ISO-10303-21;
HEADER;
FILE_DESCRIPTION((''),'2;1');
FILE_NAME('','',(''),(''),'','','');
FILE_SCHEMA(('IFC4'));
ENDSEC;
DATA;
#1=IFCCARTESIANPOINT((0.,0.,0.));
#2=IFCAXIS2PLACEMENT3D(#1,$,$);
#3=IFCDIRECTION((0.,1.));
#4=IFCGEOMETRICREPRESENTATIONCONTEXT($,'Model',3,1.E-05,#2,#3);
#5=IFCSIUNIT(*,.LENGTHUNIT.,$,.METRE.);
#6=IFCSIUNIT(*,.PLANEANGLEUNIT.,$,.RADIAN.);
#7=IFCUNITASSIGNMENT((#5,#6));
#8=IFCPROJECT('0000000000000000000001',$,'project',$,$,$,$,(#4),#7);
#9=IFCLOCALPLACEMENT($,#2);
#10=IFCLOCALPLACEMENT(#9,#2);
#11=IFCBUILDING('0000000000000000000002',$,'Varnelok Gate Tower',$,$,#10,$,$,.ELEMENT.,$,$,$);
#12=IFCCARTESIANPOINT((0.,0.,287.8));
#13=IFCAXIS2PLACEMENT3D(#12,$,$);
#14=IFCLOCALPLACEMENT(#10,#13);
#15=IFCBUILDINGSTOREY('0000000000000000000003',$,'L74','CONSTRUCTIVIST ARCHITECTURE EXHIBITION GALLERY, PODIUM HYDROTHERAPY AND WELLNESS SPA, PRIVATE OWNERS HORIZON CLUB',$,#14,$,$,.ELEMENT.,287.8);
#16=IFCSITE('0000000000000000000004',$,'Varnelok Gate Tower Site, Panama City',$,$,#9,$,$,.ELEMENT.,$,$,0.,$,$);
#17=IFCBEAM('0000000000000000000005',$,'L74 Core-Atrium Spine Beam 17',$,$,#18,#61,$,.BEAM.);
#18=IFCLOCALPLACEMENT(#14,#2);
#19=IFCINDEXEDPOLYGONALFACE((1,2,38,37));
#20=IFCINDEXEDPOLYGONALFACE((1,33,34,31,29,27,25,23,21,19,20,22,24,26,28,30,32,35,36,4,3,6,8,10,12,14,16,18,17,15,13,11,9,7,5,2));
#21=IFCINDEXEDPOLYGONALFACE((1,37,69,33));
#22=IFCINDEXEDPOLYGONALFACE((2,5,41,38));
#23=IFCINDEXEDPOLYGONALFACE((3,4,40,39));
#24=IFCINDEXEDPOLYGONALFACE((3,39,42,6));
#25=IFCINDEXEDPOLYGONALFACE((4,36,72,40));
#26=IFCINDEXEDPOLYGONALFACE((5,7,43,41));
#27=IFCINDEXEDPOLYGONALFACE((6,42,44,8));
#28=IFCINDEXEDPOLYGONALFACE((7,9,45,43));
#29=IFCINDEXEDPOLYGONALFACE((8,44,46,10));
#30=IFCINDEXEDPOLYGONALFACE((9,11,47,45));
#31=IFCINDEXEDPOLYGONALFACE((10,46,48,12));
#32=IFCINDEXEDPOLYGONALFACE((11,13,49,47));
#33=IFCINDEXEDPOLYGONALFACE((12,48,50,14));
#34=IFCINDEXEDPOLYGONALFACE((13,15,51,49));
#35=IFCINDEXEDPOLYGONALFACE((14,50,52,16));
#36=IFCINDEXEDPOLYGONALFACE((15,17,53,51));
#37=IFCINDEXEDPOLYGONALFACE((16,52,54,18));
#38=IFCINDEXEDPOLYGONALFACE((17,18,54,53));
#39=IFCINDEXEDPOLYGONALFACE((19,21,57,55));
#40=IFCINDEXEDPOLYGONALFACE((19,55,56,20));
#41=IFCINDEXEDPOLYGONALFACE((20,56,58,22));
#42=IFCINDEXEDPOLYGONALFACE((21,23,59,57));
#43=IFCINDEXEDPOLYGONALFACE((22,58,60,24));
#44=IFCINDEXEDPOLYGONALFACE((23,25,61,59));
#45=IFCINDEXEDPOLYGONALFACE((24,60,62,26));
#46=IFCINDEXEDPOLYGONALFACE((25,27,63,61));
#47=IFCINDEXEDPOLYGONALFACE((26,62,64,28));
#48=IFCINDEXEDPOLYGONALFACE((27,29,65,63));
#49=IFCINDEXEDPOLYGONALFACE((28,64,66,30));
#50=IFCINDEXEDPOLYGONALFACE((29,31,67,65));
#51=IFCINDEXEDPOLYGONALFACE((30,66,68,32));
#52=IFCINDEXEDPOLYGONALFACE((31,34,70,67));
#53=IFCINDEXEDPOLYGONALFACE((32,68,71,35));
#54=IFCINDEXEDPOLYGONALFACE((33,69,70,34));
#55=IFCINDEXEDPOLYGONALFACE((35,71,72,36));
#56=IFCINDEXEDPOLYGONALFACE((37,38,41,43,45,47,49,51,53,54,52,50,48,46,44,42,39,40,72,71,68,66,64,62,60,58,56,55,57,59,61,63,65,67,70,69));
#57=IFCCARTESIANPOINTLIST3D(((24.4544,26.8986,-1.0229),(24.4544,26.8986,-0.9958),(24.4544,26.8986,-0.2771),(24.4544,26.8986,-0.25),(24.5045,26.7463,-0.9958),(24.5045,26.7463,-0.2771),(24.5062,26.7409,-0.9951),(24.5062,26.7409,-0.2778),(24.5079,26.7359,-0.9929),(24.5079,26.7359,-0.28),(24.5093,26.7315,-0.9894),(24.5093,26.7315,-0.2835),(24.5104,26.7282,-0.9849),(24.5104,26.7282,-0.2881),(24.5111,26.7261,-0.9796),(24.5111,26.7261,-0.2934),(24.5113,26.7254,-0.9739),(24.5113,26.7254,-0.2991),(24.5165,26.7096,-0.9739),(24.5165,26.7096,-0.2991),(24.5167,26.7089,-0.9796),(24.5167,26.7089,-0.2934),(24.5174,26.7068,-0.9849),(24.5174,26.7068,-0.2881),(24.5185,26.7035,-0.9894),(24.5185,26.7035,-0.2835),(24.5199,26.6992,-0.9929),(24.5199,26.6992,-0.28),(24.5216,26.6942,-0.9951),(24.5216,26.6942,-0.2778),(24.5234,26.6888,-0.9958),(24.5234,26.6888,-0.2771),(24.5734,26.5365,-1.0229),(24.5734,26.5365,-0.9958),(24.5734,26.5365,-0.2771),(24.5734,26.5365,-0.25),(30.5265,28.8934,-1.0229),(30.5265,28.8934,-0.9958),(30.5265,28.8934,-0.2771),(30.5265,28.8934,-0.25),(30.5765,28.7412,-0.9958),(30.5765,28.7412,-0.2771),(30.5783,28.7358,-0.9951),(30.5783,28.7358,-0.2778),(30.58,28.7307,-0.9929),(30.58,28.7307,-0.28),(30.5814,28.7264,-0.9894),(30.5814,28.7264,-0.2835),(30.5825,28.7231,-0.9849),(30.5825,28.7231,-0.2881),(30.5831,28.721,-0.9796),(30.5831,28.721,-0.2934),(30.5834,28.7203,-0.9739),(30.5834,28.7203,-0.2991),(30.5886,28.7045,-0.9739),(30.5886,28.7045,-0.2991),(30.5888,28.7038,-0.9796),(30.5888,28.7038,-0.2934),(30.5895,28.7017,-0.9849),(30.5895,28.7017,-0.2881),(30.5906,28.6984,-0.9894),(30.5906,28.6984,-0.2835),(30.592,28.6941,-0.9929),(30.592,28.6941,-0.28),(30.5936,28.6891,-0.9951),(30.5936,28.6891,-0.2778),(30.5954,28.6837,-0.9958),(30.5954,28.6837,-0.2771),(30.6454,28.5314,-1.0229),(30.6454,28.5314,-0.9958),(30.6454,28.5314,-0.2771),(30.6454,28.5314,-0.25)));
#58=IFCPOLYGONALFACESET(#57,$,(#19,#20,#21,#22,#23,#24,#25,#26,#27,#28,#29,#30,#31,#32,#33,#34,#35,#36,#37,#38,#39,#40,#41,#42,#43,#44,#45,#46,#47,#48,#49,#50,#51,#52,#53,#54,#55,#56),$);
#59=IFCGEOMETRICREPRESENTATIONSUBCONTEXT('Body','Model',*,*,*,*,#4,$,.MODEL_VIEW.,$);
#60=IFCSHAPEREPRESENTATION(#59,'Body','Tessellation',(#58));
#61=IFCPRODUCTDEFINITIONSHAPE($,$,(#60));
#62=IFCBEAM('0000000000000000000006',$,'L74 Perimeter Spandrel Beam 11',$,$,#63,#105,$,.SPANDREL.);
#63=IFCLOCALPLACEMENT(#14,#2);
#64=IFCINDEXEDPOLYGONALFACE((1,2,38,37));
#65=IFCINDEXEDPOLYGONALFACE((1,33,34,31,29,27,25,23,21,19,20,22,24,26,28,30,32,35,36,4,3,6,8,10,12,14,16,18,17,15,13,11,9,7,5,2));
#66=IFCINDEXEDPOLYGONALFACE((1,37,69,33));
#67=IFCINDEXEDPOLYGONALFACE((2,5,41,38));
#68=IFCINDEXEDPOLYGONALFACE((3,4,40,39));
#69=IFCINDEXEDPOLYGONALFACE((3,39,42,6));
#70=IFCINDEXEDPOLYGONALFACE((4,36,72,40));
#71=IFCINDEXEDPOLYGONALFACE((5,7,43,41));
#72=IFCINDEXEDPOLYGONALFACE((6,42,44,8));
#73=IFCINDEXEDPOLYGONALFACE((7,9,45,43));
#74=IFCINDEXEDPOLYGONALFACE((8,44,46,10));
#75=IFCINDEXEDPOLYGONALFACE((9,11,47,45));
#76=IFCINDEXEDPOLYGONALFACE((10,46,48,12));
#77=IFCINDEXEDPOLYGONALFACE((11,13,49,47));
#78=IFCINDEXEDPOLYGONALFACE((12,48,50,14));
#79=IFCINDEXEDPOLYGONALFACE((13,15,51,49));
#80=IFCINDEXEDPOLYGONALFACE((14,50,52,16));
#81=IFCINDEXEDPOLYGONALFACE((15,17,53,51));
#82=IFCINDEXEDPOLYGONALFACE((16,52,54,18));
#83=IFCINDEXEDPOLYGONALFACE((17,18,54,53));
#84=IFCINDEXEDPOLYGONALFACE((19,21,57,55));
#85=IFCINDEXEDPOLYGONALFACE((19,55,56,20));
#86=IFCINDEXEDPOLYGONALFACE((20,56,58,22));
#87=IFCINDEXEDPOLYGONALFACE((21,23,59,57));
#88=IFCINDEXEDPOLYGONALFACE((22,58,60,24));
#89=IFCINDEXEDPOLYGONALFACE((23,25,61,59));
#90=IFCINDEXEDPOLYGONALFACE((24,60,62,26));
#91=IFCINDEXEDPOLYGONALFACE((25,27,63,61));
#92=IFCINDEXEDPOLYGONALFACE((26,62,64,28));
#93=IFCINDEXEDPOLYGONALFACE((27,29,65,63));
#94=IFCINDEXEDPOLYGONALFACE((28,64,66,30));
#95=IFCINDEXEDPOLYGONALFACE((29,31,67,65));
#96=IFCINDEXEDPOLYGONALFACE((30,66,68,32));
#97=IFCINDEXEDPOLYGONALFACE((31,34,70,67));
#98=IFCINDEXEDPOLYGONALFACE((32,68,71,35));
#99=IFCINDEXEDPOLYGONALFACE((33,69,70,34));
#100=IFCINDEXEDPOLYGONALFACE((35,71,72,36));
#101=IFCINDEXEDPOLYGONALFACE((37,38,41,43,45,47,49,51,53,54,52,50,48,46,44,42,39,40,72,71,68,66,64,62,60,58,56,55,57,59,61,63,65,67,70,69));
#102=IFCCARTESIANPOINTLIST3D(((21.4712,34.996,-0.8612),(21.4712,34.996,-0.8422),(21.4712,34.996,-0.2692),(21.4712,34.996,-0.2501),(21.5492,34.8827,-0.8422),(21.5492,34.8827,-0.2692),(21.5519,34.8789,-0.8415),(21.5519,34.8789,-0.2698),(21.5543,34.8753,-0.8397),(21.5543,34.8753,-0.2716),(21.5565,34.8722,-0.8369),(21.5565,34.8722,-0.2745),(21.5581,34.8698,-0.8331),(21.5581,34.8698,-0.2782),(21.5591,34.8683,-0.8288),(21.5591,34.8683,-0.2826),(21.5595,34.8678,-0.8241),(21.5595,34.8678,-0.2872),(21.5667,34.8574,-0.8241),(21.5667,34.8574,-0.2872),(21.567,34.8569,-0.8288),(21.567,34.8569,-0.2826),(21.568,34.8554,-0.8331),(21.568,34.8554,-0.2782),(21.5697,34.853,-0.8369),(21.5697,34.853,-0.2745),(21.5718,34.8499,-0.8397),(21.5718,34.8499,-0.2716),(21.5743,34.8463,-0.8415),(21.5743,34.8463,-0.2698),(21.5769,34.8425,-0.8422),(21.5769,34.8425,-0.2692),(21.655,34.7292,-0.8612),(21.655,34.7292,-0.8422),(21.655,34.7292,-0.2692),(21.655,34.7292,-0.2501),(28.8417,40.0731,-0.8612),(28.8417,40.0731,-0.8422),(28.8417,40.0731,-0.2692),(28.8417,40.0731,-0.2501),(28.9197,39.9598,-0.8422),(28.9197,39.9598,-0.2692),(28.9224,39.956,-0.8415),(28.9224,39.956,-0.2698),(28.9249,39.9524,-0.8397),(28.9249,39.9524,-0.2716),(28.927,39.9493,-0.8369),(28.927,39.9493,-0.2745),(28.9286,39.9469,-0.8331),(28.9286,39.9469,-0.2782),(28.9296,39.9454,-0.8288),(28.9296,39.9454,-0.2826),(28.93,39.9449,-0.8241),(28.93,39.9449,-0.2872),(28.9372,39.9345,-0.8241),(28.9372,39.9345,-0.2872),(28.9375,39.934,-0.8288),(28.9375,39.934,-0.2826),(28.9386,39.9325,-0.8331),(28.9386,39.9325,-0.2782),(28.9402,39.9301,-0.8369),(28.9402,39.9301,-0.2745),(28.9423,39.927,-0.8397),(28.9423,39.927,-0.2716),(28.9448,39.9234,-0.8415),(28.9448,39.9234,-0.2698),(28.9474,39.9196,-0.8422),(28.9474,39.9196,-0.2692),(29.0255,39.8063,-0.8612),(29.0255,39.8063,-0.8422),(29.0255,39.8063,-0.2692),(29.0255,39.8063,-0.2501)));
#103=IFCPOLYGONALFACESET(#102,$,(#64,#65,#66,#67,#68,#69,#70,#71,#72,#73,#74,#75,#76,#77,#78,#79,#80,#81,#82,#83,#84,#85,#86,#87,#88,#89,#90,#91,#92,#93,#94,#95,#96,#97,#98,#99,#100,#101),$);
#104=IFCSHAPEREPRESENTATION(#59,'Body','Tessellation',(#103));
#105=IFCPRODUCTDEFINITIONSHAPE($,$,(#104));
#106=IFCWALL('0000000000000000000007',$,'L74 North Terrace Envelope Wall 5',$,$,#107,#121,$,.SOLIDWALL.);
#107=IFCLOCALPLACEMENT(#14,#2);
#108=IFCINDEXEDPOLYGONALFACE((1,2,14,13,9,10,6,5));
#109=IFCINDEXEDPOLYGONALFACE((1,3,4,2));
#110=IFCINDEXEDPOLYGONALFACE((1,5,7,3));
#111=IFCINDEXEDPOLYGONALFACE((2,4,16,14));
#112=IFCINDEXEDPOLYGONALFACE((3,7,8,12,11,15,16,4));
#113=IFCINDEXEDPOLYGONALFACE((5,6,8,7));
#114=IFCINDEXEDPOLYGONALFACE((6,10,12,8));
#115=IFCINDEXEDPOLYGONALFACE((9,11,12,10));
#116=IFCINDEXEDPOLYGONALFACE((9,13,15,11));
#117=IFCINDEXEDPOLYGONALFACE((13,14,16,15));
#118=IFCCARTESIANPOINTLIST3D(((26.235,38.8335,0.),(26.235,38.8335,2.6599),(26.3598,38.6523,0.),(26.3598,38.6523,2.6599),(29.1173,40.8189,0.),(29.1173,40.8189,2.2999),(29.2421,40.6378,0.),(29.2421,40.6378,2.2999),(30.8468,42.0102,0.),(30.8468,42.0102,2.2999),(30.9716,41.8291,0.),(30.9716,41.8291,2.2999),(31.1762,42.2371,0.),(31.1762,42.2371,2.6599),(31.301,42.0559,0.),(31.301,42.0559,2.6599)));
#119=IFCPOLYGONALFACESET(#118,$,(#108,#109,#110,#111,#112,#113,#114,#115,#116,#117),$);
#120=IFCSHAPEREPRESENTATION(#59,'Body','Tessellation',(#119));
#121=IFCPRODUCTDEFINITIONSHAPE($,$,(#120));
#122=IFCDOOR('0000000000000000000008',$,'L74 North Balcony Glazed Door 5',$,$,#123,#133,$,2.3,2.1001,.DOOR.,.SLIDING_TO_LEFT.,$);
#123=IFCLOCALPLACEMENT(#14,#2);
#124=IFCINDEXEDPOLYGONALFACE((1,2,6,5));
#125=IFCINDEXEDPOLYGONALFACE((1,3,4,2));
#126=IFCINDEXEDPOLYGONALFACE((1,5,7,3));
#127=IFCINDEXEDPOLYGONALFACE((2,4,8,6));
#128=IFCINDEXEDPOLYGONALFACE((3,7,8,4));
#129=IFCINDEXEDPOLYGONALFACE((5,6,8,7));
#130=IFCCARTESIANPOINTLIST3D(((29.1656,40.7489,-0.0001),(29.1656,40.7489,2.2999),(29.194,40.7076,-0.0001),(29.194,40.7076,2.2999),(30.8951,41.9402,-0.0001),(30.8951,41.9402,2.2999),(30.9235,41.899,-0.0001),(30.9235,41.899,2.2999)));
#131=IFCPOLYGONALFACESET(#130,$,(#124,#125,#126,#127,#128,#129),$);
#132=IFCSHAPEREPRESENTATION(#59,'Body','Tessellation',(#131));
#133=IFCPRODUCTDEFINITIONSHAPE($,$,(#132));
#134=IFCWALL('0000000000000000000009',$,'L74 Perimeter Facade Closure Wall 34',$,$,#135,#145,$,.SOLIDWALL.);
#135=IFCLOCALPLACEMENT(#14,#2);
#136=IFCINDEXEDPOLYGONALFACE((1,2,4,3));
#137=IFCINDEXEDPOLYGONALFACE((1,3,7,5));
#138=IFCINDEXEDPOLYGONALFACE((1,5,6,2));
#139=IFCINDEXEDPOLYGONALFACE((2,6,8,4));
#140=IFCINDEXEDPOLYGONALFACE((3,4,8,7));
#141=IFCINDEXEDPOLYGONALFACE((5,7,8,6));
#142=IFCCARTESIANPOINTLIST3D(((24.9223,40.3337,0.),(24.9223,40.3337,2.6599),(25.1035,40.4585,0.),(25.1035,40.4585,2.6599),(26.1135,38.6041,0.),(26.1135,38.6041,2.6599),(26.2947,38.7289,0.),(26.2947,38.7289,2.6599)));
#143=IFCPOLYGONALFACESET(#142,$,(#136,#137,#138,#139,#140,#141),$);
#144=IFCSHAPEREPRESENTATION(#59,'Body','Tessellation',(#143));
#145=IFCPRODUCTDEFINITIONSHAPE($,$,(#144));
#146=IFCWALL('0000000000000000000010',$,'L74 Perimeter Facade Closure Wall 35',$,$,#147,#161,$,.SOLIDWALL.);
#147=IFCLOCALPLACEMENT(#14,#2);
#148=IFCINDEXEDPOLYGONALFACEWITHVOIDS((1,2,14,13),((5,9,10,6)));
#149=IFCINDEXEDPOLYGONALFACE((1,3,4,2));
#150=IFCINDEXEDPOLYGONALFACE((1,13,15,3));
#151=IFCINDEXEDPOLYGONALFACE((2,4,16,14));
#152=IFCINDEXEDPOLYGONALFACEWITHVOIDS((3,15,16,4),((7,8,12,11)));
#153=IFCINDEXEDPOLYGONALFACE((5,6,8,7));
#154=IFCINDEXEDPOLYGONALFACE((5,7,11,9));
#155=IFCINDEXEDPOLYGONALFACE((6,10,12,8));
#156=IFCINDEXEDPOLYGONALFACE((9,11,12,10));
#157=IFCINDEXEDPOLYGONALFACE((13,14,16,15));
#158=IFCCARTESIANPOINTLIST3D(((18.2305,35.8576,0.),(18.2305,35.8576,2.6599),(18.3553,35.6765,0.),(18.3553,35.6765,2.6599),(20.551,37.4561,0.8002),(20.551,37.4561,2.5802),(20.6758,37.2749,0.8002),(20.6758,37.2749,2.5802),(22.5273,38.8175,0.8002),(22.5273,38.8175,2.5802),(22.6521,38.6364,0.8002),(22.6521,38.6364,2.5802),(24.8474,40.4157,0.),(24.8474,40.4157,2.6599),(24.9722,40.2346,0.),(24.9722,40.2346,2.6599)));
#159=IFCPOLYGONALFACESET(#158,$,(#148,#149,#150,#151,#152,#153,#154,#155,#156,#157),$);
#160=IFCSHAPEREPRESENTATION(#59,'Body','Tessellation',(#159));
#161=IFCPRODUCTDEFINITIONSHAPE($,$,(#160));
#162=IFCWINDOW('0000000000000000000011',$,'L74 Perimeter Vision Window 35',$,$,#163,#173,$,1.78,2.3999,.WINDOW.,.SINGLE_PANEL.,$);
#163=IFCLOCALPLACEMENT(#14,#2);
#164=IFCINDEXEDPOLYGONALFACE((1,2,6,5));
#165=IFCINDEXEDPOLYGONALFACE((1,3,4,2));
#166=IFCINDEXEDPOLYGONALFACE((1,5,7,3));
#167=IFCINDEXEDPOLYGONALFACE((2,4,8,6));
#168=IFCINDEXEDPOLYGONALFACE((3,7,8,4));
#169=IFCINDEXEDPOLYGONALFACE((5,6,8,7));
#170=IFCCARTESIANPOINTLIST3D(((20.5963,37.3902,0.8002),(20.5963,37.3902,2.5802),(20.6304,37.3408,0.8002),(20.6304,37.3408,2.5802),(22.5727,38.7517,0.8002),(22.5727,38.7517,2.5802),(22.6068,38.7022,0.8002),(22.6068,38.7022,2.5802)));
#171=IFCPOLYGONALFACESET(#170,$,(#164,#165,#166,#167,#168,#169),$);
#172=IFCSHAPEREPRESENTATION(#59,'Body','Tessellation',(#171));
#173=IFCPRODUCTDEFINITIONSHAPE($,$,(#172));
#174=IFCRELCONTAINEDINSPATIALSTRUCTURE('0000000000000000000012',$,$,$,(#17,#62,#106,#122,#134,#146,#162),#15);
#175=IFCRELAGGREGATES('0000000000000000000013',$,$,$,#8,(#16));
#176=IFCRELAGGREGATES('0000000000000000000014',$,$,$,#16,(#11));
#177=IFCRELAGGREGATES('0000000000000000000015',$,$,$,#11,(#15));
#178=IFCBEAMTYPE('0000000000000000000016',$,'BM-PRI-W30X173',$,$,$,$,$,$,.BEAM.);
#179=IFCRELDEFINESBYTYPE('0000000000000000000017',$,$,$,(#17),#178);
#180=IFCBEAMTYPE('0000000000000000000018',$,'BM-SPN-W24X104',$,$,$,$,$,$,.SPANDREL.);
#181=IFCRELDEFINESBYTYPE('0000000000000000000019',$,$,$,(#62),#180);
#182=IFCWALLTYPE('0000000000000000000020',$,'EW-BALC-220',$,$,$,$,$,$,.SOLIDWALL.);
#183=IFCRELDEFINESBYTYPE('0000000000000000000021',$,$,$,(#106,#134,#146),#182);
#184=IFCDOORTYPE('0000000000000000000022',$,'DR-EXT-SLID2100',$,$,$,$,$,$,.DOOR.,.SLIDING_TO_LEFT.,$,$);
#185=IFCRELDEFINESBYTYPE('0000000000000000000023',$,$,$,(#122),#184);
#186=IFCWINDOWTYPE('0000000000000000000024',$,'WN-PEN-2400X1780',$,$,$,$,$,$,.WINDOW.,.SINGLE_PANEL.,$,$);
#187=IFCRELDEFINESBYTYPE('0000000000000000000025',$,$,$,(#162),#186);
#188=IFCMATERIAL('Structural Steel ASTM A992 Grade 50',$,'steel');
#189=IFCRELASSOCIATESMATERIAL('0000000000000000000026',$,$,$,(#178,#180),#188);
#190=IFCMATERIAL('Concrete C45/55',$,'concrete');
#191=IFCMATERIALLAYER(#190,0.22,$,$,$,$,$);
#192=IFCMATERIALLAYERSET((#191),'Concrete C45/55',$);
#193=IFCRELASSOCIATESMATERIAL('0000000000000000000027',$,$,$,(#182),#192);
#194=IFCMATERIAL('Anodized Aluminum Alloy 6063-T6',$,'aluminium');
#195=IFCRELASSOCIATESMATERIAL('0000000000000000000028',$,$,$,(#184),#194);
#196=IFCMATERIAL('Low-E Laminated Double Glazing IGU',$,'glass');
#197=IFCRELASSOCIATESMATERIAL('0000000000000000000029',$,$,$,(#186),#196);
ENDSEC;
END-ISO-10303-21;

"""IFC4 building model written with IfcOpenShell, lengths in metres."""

from ifc_helpers import new_model, si_unit, direction, frame, frame_2d, origin, origin_2d, place, context, subcontext, project, spatial, rectangle, i_section, extrude, material, layer, layer_set, material_profile, profile_set, type_object, element, fill, save


model = new_model("IFC4")

# Units and contexts
model_context = context("Model", 3, precision=1e-05, world=origin(), true_north=direction((0.0, 1.0)))
body_context = subcontext(model_context, "Body", "Model", "MODEL_VIEW")
ifc_project = project(units=[si_unit("LENGTHUNIT", "METRE"), si_unit("PLANEANGLEUNIT", "RADIAN")], contexts=[model_context])

# Site, building, storey
site_placement = place(None, origin())
site = spatial("IfcSite", under=ifc_project, at=site_placement, Name="Varnelok Gate Tower Site, Panama City", CompositionType="ELEMENT", RefElevation=0.0)
building_placement = place(site_placement, origin())
building = spatial("IfcBuilding", under=site, at=building_placement, Name="Varnelok Gate Tower", CompositionType="ELEMENT")
storey_placement = place(building_placement, frame((0.0, 0.0, 287.8)))
storey = spatial("IfcBuildingStorey", under=building, at=storey_placement, Name="L74", Description="CONSTRUCTIVIST ARCHITECTURE EXHIBITION GALLERY, PODIUM HYDROTHERAPY AND WELLNESS SPA, PRIVATE OWNERS HORIZON CLUB", CompositionType="ELEMENT", Elevation=287.8)

# Shared definitions
ifc_material_1 = material(Name="Structural Steel ASTM A992 Grade 50", Category="steel")

# Beams
ifc_material_profile_1 = material_profile(ifc_material_1, i_section(OverallWidth=0.3811, OverallDepth=0.7729, WebThickness=0.0166, FlangeThickness=0.0271, FilletRadius=0.022, at=origin_2d()), Name="W30X173")
ifc_profile_set_1 = profile_set([ifc_material_profile_1], Name="Structural Steel ASTM A992 Grade 50")
beam_type_1 = type_object("IfcBeamType", Name="BM-PRI-W30X173", PredefinedType="BEAM", material=ifc_profile_set_1)
beam_1_placement = place(storey_placement, frame((24.5139, 26.7175, -0.6365), z_axis=(0.950042, 0.312122, 0.0), x_axis=(-0.312122, 0.950042, 0.0)))
element("IfcBeam", 1, at=beam_1_placement, inside=storey, type_object=beam_type_1, Name="L74 Core-Atrium Spine Beam 17", PredefinedType="BEAM", context=body_context, shape_type="SweptSolid", body=[
    extrude(i_section(OverallWidth=0.3811, OverallDepth=0.7729, WebThickness=0.0166, FlangeThickness=0.0271, FilletRadius=0.022, at=origin_2d()), origin(), (0.0, 0.0, 1.0), 6.3914),
])
ifc_material_profile_2 = material_profile(ifc_material_1, i_section(OverallWidth=0.324, OverallDepth=0.6111, WebThickness=0.0127, FlangeThickness=0.019, FilletRadius=0.0181, at=origin_2d()), Name="W24X104")
ifc_profile_set_2 = profile_set([ifc_material_profile_2], Name="Structural Steel ASTM A992 Grade 50")
beam_type_2 = type_object("IfcBeamType", Name="BM-SPN-W24X104", PredefinedType="SPANDREL", material=ifc_profile_set_2)
beam_2_placement = place(storey_placement, frame((28.9336, 39.9397, -0.5557), z_axis=(-0.823527, -0.567276, 0.0), x_axis=(0.567276, -0.823527, 0.0)))
element("IfcBeam", 2, at=beam_2_placement, inside=storey, type_object=beam_type_2, Name="L74 Perimeter Spandrel Beam 11", PredefinedType="SPANDREL", context=body_context, shape_type="SweptSolid", body=[
    extrude(i_section(OverallWidth=0.324, OverallDepth=0.6111, WebThickness=0.0127, FlangeThickness=0.019, FilletRadius=0.0181, at=origin_2d()), origin(), (0.0, 0.0, 1.0), 8.95),
])

# Wall, opening, door
ifc_material_2 = material(Name="Concrete C45/55", Category="concrete")
ifc_layer_1 = layer(ifc_material_2, 0.22)
ifc_layer_set_1 = layer_set([ifc_layer_1], Name="Concrete C45/55")
wall_type_1 = type_object("IfcWallType", Name="EW-BALC-220", PredefinedType="SOLIDWALL", material=ifc_layer_set_1)
wall_1_placement = place(storey_placement, frame((26.2974, 38.7429, 0.0), z_axis=(0.0, 0.0, 1.0), x_axis=(0.823535, 0.567266, 0.0)))
wall_1 = element("IfcWall", 3, at=wall_1_placement, inside=storey, type_object=wall_type_1, Name="L74 North Terrace Envelope Wall 5", PredefinedType="SOLIDWALL", context=body_context, shape_type="SweptSolid", body=[
    extrude(rectangle(XDim=6.0, YDim=0.22, at=frame_2d((3.0, 0.0))), origin(), (0.0, 0.0, 1.0), 2.6599),
])
opening_1_placement = place(wall_1_placement, frame((3.5, 0.0, 0.0)))
opening_1 = element("IfcOpeningElement", 4, at=opening_1_placement, cuts=wall_1, PredefinedType="OPENING", context=body_context, shape_type="SweptSolid", body=[
    extrude(rectangle(XDim=2.1001, YDim=2.3, at=frame_2d((1.05, 1.1499))), frame((0.0, 0.1199, 0.0), z_axis=(0.0, -1.0, 0.0), x_axis=(1.0, 0.0, 0.0)), (0.0, 0.0, 1.0), 0.24),
])
ifc_material_3 = material(Name="Anodized Aluminum Alloy 6063-T6", Category="aluminium")
door_type_1 = type_object("IfcDoorType", Name="DR-EXT-SLID2100", OperationType="SLIDING_TO_LEFT", PredefinedType="DOOR", material=ifc_material_3)
door_1_placement = place(opening_1_placement, origin())
door_1 = element("IfcDoor", 5, at=door_1_placement, inside=storey, type_object=door_type_1, Name="L74 North Balcony Glazed Door 5", OperationType="SLIDING_TO_LEFT", OverallHeight=2.3, OverallWidth=2.1001, PredefinedType="DOOR", context=body_context, shape_type="SweptSolid", body=[
    extrude(rectangle(XDim=2.1001, YDim=2.3, at=frame_2d((1.05, 1.1499))), frame((0.0, 0.0249, 0.0), z_axis=(0.0, -1.0, 0.0), x_axis=(1.0, 0.0, 0.0)), (0.0, 0.0, 1.0), 0.05),
])
fill(opening_1, door_1)

# Wall
wall_2_placement = place(storey_placement, frame((26.2041, 38.6665, 0.0), z_axis=(0.0, 0.0, 1.0), x_axis=(-0.567219, 0.823567, 0.0)))
element("IfcWall", 6, at=wall_2_placement, inside=storey, type_object=wall_type_1, Name="L74 Perimeter Facade Closure Wall 34", PredefinedType="SOLIDWALL", context=body_context, shape_type="SweptSolid", body=[
    extrude(rectangle(XDim=2.1001, YDim=0.22, at=frame_2d((1.05, 0.0))), origin(), (0.0, 0.0, 1.0), 2.6599),
])

# Wall, opening, window
wall_3_placement = place(storey_placement, frame((24.9099, 40.3252, 0.0), z_axis=(0.0, 0.0, 1.0), x_axis=(-0.823521, -0.567286, 0.0)))
wall_3 = element("IfcWall", 7, at=wall_3_placement, inside=storey, type_object=wall_type_1, Name="L74 Perimeter Facade Closure Wall 35", PredefinedType="SOLIDWALL", context=body_context, shape_type="SweptSolid", body=[
    extrude(rectangle(XDim=8.0349, YDim=0.22, at=frame_2d((4.0176, 0.0))), origin(), (0.0, 0.0, 1.0), 2.6599),
])
opening_2_placement = place(wall_3_placement, frame((2.8174, 0.0, 0.8)))
opening_2 = element("IfcOpeningElement", 8, at=opening_2_placement, cuts=wall_3, PredefinedType="OPENING", context=body_context, shape_type="SweptSolid", body=[
    extrude(rectangle(XDim=2.3999, YDim=1.78, at=frame_2d((1.2, 0.8901))), frame((0.0, 0.1199, 0.0), z_axis=(0.0, -1.0, 0.0), x_axis=(1.0, 0.0, 0.0)), (0.0, 0.0, 1.0), 0.24),
])
ifc_material_4 = material(Name="Low-E Laminated Double Glazing IGU", Category="glass")
window_type = type_object("IfcWindowType", Name="WN-PEN-2400X1780", PartitioningType="SINGLE_PANEL", PredefinedType="WINDOW", material=ifc_material_4)
window_placement = place(opening_2_placement, origin())
window = element("IfcWindow", 9, at=window_placement, inside=storey, type_object=window_type, Name="L74 Perimeter Vision Window 35", OverallHeight=1.78, OverallWidth=2.3999, PartitioningType="SINGLE_PANEL", PredefinedType="WINDOW", context=body_context, shape_type="SweptSolid", body=[
    extrude(rectangle(XDim=2.3999, YDim=1.78, at=frame_2d((1.2, 0.8901))), frame((0.0, 0.03, 0.0), z_axis=(0.0, -1.0, 0.0), x_axis=(1.0, 0.0, 0.0)), (0.0, 0.0, 1.0), 0.0601),
])
fill(opening_2, window)

save(model, "model.ifc")
